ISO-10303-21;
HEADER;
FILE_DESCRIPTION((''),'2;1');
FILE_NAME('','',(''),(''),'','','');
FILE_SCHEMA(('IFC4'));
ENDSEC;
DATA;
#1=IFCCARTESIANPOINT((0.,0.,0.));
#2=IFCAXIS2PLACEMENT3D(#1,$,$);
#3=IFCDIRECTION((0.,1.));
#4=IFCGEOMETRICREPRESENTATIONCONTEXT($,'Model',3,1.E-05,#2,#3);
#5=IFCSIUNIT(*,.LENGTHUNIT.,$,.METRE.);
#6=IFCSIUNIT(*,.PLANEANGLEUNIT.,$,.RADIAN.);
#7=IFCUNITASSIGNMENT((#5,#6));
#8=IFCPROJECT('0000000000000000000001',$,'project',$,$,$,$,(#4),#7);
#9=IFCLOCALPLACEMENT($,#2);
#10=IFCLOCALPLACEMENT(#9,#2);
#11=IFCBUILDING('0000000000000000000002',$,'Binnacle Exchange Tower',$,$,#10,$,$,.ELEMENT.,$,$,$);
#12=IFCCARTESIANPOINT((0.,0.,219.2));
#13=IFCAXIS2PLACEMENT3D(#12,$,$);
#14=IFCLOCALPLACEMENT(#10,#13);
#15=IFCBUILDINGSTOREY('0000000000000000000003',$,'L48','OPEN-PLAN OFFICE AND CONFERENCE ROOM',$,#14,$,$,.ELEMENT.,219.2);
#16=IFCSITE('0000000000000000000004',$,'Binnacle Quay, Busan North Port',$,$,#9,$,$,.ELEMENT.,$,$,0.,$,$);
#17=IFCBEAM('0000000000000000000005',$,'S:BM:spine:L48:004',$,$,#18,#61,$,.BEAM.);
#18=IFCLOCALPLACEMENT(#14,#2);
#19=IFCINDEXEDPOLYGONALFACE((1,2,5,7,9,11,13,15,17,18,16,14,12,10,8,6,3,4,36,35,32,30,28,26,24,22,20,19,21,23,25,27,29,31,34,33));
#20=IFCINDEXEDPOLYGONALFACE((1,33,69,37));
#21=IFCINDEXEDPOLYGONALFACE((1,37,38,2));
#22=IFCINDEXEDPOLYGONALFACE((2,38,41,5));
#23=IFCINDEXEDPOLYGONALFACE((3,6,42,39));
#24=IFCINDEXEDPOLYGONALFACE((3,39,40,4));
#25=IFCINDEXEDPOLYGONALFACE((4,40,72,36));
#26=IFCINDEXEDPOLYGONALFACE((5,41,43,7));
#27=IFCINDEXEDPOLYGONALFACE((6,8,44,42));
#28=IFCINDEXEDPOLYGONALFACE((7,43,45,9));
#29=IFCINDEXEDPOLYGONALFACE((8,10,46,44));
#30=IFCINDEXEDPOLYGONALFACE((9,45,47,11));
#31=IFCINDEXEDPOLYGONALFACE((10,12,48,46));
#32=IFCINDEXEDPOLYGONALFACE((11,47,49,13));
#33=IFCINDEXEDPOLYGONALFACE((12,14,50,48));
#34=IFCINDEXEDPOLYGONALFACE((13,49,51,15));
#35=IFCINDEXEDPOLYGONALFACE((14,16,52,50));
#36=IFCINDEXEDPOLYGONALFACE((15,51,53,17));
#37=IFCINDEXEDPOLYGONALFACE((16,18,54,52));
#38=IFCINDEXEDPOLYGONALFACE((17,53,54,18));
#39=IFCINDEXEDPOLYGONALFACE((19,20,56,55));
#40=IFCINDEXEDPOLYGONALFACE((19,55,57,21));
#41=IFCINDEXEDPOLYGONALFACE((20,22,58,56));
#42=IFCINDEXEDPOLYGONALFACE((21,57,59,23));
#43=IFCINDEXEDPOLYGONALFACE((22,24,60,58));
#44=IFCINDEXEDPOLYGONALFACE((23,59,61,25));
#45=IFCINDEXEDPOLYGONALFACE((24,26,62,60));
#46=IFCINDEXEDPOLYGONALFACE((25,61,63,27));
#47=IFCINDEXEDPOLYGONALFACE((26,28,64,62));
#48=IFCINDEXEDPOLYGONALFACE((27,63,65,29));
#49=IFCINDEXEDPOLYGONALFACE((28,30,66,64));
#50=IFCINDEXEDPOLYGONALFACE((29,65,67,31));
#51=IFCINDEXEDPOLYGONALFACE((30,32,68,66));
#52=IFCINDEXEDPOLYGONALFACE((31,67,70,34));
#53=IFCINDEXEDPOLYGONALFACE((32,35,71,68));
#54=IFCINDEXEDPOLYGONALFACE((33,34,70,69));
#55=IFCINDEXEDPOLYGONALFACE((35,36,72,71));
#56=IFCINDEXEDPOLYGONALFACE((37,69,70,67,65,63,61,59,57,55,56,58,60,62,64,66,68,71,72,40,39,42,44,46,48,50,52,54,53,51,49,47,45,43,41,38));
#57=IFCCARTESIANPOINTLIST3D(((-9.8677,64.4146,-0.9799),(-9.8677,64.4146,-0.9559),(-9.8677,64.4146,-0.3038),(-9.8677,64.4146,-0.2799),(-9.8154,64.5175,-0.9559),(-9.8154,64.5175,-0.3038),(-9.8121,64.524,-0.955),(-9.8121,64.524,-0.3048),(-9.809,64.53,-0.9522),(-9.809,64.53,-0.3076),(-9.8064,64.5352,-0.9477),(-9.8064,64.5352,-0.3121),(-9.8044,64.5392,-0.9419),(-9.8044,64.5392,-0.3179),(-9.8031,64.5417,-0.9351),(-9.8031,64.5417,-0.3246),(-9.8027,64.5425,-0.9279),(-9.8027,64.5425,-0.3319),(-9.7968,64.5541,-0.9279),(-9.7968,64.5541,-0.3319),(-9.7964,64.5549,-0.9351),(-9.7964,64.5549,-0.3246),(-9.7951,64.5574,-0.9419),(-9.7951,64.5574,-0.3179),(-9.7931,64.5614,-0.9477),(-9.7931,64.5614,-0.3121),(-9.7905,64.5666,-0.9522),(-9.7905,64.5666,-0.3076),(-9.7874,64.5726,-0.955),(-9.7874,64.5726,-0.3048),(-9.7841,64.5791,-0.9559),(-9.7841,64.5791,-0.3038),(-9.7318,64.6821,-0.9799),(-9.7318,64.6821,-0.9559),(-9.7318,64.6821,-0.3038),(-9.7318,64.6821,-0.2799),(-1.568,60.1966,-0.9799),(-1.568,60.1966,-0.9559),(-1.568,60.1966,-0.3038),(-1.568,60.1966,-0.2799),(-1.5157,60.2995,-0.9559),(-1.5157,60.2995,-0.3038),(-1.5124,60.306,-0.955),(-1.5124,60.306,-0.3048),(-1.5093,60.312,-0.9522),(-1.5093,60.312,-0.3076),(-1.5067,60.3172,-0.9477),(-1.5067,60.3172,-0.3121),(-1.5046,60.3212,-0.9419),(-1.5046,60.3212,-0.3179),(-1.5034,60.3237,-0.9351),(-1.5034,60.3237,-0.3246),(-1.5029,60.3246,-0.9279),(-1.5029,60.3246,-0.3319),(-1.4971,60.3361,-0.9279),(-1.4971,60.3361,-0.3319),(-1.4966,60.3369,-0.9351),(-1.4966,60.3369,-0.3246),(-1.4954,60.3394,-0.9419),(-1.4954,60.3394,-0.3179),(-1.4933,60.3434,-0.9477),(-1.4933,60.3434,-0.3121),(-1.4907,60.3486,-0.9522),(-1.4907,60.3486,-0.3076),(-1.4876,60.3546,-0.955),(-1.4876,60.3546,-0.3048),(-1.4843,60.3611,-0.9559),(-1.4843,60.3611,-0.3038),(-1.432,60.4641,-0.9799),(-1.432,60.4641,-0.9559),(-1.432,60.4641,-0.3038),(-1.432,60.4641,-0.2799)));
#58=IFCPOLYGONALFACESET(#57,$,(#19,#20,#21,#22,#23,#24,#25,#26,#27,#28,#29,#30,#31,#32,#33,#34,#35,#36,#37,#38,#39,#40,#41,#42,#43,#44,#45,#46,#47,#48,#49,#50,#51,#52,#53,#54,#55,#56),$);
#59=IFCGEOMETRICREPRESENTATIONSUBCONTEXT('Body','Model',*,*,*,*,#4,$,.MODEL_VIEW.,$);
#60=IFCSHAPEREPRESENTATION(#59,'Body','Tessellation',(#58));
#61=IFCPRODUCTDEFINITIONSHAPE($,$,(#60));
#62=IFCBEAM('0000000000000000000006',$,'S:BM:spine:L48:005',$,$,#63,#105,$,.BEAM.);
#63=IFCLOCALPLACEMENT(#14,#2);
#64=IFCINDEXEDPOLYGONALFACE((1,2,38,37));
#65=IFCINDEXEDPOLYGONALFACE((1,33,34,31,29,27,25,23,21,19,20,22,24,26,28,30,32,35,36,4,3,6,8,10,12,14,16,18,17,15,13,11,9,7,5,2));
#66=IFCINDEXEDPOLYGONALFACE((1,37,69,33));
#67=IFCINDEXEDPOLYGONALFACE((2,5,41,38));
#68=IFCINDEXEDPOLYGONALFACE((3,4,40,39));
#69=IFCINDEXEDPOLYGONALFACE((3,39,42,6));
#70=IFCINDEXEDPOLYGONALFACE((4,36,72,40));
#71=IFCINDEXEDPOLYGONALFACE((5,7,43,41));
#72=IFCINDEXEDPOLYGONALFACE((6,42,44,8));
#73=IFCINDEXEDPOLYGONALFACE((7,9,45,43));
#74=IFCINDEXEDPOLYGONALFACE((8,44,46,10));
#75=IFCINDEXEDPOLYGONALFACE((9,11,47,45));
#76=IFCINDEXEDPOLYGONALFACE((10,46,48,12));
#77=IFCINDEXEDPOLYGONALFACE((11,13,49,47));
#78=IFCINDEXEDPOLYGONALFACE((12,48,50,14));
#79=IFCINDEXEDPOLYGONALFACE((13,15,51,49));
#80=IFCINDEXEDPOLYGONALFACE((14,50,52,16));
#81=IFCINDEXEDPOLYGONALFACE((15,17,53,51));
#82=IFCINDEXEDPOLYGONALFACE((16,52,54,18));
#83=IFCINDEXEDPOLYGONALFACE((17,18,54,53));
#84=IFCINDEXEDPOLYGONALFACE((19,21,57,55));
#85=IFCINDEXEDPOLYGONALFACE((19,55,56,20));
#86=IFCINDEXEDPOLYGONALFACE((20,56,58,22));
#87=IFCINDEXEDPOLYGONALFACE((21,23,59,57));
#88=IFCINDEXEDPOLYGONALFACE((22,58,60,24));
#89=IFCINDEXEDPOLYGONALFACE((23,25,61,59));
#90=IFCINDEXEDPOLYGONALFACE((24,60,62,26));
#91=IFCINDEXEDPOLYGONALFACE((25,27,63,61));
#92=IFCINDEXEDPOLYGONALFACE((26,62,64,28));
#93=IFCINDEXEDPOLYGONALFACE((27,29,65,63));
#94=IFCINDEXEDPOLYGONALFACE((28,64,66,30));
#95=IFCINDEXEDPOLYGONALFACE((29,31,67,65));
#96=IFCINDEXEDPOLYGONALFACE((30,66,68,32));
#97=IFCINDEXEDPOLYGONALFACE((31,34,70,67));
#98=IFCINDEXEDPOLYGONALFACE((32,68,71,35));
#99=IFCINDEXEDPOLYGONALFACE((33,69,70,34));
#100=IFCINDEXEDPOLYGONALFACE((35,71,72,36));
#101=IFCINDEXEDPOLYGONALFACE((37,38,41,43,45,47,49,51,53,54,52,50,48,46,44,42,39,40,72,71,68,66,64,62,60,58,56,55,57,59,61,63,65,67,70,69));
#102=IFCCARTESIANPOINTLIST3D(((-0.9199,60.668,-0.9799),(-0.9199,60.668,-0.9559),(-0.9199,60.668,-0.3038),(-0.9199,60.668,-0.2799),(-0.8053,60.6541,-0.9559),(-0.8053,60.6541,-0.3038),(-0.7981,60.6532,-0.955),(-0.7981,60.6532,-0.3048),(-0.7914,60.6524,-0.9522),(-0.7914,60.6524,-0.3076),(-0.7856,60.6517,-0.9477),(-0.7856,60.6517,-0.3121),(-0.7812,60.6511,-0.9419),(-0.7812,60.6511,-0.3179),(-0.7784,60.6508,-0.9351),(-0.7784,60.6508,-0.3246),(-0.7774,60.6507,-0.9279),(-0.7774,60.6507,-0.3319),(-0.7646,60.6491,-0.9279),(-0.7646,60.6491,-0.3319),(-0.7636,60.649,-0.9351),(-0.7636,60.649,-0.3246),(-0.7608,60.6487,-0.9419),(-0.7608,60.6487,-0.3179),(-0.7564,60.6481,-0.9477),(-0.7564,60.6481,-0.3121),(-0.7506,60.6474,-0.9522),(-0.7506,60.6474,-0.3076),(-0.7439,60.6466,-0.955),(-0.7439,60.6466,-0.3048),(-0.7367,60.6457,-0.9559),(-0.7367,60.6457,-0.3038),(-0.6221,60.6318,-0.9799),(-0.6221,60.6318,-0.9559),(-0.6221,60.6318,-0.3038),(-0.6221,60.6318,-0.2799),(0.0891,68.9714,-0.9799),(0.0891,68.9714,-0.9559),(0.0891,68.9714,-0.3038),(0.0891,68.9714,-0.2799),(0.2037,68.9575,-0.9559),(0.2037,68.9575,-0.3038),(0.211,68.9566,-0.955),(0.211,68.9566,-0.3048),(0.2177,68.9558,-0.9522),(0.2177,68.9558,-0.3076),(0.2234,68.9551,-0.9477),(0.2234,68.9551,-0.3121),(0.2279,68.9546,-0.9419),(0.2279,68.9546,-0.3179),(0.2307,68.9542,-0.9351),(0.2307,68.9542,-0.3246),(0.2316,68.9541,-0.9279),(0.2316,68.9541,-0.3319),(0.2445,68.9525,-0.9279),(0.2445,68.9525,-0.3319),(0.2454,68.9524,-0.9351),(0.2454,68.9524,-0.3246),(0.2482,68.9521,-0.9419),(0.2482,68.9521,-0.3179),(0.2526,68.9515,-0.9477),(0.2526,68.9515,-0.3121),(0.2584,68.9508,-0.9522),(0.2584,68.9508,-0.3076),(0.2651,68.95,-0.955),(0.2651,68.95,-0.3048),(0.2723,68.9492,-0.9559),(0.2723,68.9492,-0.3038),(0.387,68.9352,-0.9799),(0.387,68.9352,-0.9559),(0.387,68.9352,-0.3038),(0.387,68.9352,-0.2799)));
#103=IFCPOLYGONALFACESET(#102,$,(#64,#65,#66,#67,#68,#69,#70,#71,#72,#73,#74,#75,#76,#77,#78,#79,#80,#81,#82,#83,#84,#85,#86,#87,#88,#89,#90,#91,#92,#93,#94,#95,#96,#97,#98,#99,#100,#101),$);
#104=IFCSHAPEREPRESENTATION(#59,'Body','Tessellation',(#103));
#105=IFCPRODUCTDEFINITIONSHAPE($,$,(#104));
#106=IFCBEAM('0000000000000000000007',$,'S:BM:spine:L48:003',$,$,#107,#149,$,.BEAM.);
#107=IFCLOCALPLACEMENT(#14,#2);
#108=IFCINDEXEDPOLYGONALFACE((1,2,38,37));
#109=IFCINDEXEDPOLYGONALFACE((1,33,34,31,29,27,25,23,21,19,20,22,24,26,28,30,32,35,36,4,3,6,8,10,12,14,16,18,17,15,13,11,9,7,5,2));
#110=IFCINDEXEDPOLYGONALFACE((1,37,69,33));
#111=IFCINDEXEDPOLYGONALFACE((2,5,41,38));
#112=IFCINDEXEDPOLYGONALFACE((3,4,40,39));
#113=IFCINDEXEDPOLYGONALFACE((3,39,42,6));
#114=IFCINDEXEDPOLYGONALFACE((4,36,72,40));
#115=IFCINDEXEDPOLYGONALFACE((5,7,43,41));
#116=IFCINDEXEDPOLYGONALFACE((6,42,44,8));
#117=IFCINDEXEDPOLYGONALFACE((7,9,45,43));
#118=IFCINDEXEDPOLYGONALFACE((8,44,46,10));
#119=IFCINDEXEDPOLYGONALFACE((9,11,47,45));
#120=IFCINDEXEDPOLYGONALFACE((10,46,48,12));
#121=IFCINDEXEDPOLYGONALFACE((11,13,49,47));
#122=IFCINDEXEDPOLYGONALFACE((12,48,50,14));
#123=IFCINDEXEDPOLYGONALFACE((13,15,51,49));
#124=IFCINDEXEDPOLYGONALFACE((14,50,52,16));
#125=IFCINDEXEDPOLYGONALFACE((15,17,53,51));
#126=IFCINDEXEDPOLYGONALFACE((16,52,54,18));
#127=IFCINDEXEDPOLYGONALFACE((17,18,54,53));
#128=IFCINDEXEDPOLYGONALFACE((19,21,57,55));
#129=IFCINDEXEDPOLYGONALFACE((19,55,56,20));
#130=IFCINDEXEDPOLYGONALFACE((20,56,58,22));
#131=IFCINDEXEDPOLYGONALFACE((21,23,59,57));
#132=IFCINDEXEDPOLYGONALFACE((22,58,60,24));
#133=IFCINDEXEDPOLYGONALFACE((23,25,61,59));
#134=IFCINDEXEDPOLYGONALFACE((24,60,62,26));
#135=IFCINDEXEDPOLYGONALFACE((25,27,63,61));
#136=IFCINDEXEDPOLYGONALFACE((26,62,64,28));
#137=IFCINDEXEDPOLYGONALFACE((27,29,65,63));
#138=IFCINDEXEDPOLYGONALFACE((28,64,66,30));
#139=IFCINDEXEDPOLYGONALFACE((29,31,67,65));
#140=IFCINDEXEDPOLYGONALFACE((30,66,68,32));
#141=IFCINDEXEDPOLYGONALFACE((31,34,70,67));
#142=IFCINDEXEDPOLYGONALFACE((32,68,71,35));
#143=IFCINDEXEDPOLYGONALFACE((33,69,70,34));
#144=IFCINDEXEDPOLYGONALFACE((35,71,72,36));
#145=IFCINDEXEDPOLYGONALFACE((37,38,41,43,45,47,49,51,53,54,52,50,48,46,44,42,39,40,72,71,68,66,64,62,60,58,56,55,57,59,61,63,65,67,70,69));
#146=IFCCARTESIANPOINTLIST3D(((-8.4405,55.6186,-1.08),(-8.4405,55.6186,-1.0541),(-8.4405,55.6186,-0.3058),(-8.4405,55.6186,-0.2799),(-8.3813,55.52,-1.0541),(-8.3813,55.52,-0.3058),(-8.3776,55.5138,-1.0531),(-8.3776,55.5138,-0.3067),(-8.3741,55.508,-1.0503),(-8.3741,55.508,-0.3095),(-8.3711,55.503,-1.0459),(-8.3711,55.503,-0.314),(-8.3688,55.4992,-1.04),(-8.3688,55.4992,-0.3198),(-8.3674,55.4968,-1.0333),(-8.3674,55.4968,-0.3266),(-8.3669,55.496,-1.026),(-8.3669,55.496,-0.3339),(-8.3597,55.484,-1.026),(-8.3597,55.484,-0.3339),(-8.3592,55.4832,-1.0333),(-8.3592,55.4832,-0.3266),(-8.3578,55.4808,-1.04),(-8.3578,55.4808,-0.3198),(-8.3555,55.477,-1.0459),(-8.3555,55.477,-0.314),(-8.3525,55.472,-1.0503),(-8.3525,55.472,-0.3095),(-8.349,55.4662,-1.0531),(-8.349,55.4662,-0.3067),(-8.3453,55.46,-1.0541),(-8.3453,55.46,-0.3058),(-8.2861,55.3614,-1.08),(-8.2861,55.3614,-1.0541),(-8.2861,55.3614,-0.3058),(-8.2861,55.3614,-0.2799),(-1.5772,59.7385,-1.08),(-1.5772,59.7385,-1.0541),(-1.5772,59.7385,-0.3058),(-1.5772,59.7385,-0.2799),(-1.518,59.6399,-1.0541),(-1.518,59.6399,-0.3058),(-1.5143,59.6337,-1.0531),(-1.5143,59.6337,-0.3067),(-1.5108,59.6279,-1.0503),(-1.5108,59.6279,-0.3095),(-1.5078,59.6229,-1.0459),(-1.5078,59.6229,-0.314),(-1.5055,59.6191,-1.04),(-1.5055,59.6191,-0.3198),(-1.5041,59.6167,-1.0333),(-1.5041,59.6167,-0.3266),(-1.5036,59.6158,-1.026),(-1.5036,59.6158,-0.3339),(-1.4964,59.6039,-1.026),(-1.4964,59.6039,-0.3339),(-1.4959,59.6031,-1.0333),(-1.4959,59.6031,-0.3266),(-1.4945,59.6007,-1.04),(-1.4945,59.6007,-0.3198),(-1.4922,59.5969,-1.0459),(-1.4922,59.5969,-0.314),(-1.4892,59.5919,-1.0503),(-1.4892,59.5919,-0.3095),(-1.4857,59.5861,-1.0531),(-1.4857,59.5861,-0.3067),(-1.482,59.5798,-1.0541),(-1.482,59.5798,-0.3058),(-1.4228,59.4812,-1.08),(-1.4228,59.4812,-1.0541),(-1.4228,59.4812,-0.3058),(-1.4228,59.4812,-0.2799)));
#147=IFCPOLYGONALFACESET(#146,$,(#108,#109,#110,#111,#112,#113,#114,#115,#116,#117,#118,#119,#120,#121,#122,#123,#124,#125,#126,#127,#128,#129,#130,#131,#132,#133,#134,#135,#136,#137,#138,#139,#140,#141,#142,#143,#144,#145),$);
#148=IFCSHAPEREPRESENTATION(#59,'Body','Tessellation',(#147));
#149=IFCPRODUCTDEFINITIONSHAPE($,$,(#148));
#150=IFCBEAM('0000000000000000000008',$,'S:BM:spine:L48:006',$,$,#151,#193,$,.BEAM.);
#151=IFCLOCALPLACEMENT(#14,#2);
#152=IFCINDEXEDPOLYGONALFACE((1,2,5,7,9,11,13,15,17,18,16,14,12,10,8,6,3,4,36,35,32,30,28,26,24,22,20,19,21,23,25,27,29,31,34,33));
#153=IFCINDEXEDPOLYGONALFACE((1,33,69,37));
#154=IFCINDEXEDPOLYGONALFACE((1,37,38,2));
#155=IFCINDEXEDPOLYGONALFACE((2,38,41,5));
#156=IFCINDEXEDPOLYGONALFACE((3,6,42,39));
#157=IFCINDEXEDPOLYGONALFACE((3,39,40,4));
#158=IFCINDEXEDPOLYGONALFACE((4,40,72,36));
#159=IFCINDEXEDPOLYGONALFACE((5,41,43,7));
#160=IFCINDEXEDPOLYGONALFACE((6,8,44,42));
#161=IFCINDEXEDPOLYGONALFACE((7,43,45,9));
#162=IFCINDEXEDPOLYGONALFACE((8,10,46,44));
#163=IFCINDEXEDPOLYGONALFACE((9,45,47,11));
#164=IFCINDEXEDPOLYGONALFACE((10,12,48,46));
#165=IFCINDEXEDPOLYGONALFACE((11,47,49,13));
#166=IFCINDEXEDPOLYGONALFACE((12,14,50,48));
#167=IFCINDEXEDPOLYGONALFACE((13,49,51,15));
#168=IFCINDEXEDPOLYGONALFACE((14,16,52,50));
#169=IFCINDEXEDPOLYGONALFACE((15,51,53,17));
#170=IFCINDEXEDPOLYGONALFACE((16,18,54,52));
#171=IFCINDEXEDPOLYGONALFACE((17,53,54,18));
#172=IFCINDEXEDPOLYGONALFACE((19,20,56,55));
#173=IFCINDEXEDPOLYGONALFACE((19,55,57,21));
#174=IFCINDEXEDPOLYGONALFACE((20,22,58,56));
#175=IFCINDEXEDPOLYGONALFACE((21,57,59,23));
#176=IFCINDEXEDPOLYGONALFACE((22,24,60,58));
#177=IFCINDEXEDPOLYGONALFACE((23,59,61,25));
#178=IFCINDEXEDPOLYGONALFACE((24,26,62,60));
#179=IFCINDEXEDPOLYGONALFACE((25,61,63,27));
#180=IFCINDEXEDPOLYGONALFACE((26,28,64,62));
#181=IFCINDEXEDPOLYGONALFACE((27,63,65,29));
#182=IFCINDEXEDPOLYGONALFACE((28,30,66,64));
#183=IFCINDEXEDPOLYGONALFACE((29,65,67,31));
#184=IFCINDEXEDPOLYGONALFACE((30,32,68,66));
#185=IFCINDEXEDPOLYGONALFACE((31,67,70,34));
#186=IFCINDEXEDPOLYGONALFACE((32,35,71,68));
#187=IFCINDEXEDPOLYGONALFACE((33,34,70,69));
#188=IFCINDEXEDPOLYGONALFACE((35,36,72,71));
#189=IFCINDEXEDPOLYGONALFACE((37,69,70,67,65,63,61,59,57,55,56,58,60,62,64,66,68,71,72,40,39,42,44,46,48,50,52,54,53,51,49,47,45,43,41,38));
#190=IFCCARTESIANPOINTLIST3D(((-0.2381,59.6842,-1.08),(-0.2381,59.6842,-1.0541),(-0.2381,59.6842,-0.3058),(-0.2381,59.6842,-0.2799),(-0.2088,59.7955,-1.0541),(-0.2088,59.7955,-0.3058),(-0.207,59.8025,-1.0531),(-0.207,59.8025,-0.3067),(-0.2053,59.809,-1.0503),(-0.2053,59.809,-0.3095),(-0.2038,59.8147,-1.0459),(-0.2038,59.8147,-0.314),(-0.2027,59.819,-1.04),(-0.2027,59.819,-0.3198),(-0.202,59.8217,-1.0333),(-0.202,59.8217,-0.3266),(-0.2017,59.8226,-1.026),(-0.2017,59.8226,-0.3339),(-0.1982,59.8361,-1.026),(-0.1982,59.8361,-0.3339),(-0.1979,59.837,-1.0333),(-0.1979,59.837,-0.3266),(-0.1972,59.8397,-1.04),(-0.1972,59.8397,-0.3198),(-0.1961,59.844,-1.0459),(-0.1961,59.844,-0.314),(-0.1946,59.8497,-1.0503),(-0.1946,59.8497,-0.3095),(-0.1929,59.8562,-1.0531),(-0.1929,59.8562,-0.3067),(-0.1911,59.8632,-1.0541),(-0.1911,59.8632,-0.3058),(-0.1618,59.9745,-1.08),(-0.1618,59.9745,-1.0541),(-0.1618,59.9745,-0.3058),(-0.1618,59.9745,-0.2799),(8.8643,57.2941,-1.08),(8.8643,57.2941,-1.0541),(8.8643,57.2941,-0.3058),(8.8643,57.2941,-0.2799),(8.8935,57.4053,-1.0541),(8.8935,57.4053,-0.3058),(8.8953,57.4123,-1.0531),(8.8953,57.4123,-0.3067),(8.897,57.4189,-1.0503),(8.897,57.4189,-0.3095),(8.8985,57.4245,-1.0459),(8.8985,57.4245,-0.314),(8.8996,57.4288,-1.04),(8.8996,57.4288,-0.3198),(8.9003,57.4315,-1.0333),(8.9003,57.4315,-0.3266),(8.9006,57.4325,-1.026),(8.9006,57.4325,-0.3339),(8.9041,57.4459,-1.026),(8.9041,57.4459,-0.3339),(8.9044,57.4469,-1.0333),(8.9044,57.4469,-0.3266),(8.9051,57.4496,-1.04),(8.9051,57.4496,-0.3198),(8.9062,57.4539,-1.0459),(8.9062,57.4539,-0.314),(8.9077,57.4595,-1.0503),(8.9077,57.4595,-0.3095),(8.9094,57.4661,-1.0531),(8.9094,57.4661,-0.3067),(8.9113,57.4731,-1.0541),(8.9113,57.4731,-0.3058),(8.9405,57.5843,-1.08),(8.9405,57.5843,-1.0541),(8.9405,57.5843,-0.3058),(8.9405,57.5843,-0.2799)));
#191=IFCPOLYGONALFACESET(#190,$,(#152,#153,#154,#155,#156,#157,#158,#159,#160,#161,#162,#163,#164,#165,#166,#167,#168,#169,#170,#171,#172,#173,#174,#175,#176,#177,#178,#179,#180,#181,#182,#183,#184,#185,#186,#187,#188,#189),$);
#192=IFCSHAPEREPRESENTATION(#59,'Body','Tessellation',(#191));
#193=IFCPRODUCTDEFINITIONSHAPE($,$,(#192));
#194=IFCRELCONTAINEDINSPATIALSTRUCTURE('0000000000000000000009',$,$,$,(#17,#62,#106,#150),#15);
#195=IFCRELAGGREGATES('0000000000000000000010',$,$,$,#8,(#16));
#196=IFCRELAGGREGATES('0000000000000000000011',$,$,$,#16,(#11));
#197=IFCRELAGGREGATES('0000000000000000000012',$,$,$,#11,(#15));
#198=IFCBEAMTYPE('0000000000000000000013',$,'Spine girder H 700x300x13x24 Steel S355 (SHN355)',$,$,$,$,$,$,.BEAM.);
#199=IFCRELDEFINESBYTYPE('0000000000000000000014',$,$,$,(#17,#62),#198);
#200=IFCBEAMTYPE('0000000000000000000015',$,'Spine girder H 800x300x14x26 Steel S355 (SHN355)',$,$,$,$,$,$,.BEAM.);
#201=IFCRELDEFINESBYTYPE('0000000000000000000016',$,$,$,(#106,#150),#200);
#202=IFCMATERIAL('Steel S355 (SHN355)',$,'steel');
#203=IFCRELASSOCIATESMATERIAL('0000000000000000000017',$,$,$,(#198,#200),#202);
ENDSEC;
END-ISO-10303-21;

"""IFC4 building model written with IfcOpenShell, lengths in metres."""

from ifc_helpers import new_model, si_unit, direction, frame, origin, origin_2d, place, context, subcontext, project, spatial, i_section, extrude, material, material_profile, profile_set, type_object, element, save


model = new_model("IFC4")

# Units and contexts
model_context = context("Model", 3, precision=1e-05, world=origin(), true_north=direction((0.0, 1.0)))
body_context = subcontext(model_context, "Body", "Model", "MODEL_VIEW")
ifc_project = project(units=[si_unit("LENGTHUNIT", "METRE"), si_unit("PLANEANGLEUNIT", "RADIAN")], contexts=[model_context])

# Site, building, storey
site_placement = place(None, origin())
site = spatial("IfcSite", under=ifc_project, at=site_placement, Name="Binnacle Quay, Busan North Port", CompositionType="ELEMENT", RefElevation=0.0)
building_placement = place(site_placement, origin())
building = spatial("IfcBuilding", under=site, at=building_placement, Name="Binnacle Exchange Tower", CompositionType="ELEMENT")
storey_placement = place(building_placement, frame((0.0, 0.0, 219.2)))
storey = spatial("IfcBuildingStorey", under=building, at=storey_placement, Name="L48", Description="OPEN-PLAN OFFICE AND CONFERENCE ROOM", CompositionType="ELEMENT", Elevation=219.2)

# Beams
ifc_material_1 = material(Name="Steel S355 (SHN355)", Category="steel")
ifc_material_profile_1 = material_profile(ifc_material_1, i_section(OverallWidth=0.3, OverallDepth=0.7, WebThickness=0.0129, FlangeThickness=0.0239, FilletRadius=0.0281, at=origin_2d()), Name="H 700x300x13x24")
ifc_profile_set_1 = profile_set([ifc_material_profile_1], Name="Steel S355 (SHN355)")
beam_type_1 = type_object("IfcBeamType", Name="Spine girder H 700x300x13x24 Steel S355 (SHN355)", PredefinedType="BEAM", material=ifc_profile_set_1)
beam_1_placement = place(storey_placement, frame((-1.5, 60.3303, -0.6299), z_axis=(-0.891482, 0.453057, 0.0), x_axis=(-0.453057, -0.891482, 0.0)))
element("IfcBeam", 1, at=beam_1_placement, inside=storey, type_object=beam_type_1, Name="S:BM:spine:L48:004", PredefinedType="BEAM", context=body_context, shape_type="SweptSolid", body=[
    extrude(i_section(OverallWidth=0.3, OverallDepth=0.7, WebThickness=0.0129, FlangeThickness=0.0239, FilletRadius=0.0281, at=origin_2d()), origin(), (0.0, 0.0, 1.0), 9.3101),
])
beam_2_placement = place(storey_placement, frame((-0.771, 60.6499, -0.6299), z_axis=(0.120632, 0.992697, 0.0), x_axis=(-0.992697, 0.120632, 0.0)))
element("IfcBeam", 2, at=beam_2_placement, inside=storey, type_object=beam_type_1, Name="S:BM:spine:L48:005", PredefinedType="BEAM", context=body_context, shape_type="SweptSolid", body=[
    extrude(i_section(OverallWidth=0.3, OverallDepth=0.7, WebThickness=0.0129, FlangeThickness=0.0239, FilletRadius=0.0281, at=origin_2d()), origin(), (0.0, 0.0, 1.0), 8.3645),
])
ifc_material_profile_2 = material_profile(ifc_material_1, i_section(OverallWidth=0.3, OverallDepth=0.8, WebThickness=0.0139, FlangeThickness=0.0259, FilletRadius=0.0281, at=origin_2d()), Name="H 800x300x14x26")
ifc_profile_set_2 = profile_set([ifc_material_profile_2], Name="Steel S355 (SHN355)")
beam_type_2 = type_object("IfcBeamType", Name="Spine girder H 800x300x14x26 Steel S355 (SHN355)", PredefinedType="BEAM", material=ifc_profile_set_2)
beam_3_placement = place(storey_placement, frame((-8.3633, 55.49, -0.6799), z_axis=(0.857388, 0.514671, 0.0), x_axis=(-0.514671, 0.857388, 0.0)))
element("IfcBeam", 3, at=beam_3_placement, inside=storey, type_object=beam_type_2, Name="S:BM:spine:L48:003", PredefinedType="BEAM", context=body_context, shape_type="SweptSolid", body=[
    extrude(i_section(OverallWidth=0.3, OverallDepth=0.8, WebThickness=0.0139, FlangeThickness=0.0259, FilletRadius=0.0281, at=origin_2d()), origin(), (0.0, 0.0, 1.0), 8.0049),
])
beam_4_placement = place(storey_placement, frame((-0.2, 59.8293, -0.6799), z_axis=(0.96721, -0.253976, 0.0), x_axis=(0.253976, 0.96721, 0.0)))
element("IfcBeam", 4, at=beam_4_placement, inside=storey, type_object=beam_type_2, Name="S:BM:spine:L48:006", PredefinedType="BEAM", context=body_context, shape_type="SweptSolid", body=[
    extrude(i_section(OverallWidth=0.3, OverallDepth=0.8, WebThickness=0.0139, FlangeThickness=0.0259, FilletRadius=0.0281, at=origin_2d()), origin(), (0.0, 0.0, 1.0), 9.4109),
])

save(model, "model.ifc")
